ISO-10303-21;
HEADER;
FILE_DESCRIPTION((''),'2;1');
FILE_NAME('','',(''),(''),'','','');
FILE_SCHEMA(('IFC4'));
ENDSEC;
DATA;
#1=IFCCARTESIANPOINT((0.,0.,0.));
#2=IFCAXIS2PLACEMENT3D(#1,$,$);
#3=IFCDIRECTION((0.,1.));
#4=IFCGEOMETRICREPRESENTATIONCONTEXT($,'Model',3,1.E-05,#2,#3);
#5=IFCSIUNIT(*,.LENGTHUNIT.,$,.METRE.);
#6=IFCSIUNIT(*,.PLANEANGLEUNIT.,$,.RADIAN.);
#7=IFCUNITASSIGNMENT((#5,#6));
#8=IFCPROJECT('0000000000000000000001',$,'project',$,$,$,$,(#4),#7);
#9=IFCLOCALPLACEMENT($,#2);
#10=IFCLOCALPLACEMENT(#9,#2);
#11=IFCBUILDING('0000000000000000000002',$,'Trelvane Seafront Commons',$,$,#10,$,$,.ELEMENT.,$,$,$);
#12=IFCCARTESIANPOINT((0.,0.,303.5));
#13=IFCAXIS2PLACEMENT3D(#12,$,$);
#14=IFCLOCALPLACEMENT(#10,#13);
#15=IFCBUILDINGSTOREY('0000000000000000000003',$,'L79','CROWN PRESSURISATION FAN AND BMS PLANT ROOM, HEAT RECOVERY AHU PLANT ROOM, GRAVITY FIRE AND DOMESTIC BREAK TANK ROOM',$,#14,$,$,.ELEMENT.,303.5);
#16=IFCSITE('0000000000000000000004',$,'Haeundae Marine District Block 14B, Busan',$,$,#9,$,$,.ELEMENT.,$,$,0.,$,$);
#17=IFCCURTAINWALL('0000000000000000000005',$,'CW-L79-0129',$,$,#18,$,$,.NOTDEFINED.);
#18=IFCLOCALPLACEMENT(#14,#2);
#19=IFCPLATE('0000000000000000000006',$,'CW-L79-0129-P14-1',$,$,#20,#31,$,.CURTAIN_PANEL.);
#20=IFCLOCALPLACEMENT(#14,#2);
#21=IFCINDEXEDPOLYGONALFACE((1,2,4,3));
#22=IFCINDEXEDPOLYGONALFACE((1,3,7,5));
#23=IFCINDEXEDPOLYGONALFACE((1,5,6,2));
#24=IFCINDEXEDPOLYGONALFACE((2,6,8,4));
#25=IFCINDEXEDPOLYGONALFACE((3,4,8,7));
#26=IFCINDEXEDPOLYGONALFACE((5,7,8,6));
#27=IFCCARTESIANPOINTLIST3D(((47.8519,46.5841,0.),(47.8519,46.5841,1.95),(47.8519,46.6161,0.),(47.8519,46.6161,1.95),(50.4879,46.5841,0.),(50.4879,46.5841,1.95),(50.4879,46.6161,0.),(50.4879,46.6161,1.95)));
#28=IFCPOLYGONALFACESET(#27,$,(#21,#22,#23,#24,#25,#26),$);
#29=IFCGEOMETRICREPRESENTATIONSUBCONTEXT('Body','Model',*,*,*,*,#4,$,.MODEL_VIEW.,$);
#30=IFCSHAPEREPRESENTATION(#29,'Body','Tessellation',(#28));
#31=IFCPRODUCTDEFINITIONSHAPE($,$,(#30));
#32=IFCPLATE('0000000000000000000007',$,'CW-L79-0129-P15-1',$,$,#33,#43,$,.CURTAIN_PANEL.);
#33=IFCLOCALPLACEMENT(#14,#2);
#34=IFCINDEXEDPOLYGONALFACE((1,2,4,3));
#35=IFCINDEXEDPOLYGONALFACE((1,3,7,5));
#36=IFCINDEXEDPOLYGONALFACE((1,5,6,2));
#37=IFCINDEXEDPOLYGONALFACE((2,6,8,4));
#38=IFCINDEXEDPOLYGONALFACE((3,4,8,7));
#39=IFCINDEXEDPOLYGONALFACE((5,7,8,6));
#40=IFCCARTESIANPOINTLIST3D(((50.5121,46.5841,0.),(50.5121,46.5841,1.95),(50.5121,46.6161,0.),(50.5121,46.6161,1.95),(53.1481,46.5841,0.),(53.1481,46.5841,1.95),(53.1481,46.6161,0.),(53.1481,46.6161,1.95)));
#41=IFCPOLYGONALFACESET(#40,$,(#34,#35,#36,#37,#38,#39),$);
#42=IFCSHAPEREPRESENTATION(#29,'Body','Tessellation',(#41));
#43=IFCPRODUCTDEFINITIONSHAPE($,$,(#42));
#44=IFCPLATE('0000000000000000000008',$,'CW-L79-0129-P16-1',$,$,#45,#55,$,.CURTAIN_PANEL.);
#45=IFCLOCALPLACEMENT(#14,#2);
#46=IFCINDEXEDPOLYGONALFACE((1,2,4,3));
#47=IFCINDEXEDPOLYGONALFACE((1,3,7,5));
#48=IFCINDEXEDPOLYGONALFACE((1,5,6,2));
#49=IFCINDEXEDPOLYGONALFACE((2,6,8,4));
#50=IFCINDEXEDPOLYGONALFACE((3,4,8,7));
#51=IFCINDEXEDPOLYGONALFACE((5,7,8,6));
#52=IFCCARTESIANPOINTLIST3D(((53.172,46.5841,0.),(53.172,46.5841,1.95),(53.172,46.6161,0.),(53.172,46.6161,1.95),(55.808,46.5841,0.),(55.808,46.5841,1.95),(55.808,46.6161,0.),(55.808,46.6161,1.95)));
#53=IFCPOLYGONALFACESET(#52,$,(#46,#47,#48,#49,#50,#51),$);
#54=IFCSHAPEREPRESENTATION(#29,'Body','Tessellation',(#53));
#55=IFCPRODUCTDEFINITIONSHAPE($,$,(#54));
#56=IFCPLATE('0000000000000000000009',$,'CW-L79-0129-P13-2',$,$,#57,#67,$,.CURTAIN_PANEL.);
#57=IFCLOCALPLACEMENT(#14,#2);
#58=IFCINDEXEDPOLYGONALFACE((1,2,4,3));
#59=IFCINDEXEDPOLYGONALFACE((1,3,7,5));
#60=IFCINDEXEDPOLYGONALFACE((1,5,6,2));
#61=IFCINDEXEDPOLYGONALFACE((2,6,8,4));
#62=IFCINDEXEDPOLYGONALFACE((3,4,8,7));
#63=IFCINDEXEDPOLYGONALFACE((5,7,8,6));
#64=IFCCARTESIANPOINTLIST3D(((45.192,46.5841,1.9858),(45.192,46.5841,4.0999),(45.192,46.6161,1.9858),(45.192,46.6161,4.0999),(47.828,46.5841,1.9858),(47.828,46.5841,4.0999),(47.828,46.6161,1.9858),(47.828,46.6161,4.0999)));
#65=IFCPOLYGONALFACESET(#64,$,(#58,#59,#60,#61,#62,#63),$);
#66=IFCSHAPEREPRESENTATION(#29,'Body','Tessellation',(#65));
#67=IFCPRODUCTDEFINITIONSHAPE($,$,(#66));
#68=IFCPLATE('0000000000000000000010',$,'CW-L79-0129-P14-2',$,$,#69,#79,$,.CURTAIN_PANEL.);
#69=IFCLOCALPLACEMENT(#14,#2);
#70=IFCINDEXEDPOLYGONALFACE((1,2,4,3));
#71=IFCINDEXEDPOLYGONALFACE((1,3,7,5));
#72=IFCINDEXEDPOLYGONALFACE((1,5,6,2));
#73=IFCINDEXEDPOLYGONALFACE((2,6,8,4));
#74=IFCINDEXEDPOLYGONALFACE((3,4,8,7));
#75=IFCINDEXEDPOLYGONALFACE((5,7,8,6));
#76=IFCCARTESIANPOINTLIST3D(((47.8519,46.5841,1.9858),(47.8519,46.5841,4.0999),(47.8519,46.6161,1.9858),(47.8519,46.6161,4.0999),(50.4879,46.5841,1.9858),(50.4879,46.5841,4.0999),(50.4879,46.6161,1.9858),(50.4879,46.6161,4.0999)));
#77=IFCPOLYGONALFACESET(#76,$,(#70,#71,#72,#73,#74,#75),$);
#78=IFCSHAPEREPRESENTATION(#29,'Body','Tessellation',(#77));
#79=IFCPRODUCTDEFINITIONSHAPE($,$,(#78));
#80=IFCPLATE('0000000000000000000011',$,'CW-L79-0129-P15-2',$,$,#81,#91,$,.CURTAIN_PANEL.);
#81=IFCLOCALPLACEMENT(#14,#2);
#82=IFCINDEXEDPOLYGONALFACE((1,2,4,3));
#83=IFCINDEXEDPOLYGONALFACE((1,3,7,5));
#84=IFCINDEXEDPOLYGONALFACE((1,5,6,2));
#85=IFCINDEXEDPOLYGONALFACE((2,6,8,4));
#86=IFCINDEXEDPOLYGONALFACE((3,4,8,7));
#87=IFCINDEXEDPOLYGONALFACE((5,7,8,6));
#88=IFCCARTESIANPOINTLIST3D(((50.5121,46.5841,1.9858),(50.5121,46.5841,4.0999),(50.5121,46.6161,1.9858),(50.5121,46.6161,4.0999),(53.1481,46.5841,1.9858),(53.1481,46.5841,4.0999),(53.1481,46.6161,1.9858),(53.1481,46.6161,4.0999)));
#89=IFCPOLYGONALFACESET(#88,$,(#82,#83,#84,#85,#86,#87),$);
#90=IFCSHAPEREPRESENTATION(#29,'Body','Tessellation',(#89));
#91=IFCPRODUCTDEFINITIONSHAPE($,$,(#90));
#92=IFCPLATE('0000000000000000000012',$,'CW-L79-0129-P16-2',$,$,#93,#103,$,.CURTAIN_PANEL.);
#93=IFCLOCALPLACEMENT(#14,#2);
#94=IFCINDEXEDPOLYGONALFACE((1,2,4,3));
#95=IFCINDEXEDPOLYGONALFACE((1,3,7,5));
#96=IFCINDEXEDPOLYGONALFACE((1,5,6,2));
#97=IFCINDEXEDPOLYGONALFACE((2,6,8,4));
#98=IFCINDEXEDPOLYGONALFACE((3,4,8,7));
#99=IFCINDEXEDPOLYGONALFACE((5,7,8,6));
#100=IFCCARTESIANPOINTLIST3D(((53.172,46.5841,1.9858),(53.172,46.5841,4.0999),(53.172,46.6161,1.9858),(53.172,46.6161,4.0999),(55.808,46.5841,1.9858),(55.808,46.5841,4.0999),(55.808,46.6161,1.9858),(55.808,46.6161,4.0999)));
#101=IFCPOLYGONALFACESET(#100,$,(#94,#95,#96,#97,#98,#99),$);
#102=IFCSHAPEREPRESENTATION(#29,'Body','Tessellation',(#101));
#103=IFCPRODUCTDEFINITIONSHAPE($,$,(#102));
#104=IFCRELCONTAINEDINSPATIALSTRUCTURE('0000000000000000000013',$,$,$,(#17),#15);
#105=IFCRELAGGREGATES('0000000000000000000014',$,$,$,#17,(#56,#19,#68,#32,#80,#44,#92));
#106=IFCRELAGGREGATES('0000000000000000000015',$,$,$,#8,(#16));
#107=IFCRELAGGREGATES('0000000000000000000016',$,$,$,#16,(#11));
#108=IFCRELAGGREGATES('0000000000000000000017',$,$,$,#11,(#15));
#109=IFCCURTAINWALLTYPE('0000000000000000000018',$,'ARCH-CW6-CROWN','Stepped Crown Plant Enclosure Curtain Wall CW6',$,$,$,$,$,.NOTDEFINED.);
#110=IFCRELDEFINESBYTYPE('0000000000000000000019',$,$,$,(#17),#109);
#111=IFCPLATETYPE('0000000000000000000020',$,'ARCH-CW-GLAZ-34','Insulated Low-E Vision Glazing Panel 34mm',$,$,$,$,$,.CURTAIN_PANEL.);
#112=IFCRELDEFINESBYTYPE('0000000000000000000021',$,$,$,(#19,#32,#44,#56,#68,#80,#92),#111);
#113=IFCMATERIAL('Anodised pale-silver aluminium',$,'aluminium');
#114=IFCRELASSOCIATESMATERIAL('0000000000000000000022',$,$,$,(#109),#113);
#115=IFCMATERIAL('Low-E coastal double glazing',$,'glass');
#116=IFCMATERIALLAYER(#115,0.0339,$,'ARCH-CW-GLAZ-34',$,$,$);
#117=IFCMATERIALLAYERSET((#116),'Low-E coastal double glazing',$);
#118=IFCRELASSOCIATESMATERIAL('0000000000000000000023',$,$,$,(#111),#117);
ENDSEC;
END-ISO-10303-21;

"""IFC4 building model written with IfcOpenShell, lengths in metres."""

from ifc_helpers import new_model, si_unit, direction, frame, origin, origin_2d, place, context, subcontext, project, spatial, rectangle, extrude, source, transform, mapped, material, layer, layer_set, type_object, element, aggregate, save


model = new_model("IFC4")

# Units and contexts
model_context = context("Model", 3, precision=1e-05, world=origin(), true_north=direction((0.0, 1.0)))
body_context = subcontext(model_context, "Body", "Model", "MODEL_VIEW")
ifc_project = project(units=[si_unit("LENGTHUNIT", "METRE"), si_unit("PLANEANGLEUNIT", "RADIAN")], contexts=[model_context])

# Site, building, storey
site_placement = place(None, origin())
site = spatial("IfcSite", under=ifc_project, at=site_placement, Name="Haeundae Marine District Block 14B, Busan", CompositionType="ELEMENT", RefElevation=0.0)
building_placement = place(site_placement, origin())
building = spatial("IfcBuilding", under=site, at=building_placement, Name="Trelvane Seafront Commons", CompositionType="ELEMENT")
storey_placement = place(building_placement, frame((0.0, 0.0, 303.5)))
storey = spatial("IfcBuildingStorey", under=building, at=storey_placement, Name="L79", Description="CROWN PRESSURISATION FAN AND BMS PLANT ROOM, HEAT RECOVERY AHU PLANT ROOM, GRAVITY FIRE AND DOMESTIC BREAK TANK ROOM", CompositionType="ELEMENT", Elevation=303.5)

# Curtain wall, plates
ifc_material_1 = material(Name="Anodised pale-silver aluminium", Category="aluminium")
curtain_wall_type = type_object("IfcCurtainWallType", Name="ARCH-CW6-CROWN", Description="Stepped Crown Plant Enclosure Curtain Wall CW6", PredefinedType="NOTDEFINED", material=ifc_material_1)
curtain_wall_placement = place(storey_placement, origin())
curtain_wall = element("IfcCurtainWall", 1, at=curtain_wall_placement, inside=storey, type_object=curtain_wall_type, Name="CW-L79-0129", PredefinedType="NOTDEFINED")
ifc_material_2 = material(Name="Low-E coastal double glazing", Category="glass")
ifc_layer = layer(ifc_material_2, 0.0339, Name="ARCH-CW-GLAZ-34")
ifc_layer_set = layer_set([ifc_layer], Name="Low-E coastal double glazing")
plate_type = type_object("IfcPlateType", Name="ARCH-CW-GLAZ-34", Description="Insulated Low-E Vision Glazing Panel 34mm", PredefinedType="CURTAIN_PANEL", material=ifc_layer_set)
shared_shape_1 = source(origin(), body_context, "Body", "SweptSolid", [
    extrude(rectangle(XDim=2.636, YDim=0.032, at=origin_2d()), origin(), (0.0, 0.0, 1.0), 1.95),
])
plate_1_placement = place(storey_placement, frame((49.1699, 46.6001, 0.0), z_axis=(0.0, 0.0, 1.0), x_axis=(1.0, 0.0, 0.0)))
plate_1 = element("IfcPlate", 2, at=plate_1_placement, type_object=plate_type, Name="CW-L79-0129-P14-1", PredefinedType="CURTAIN_PANEL", context=body_context, shape_type="MappedRepresentation", body=[
    mapped(shared_shape_1, transform((0.0, 0.0, 0.0), x_axis=(1.0, 0.0, 0.0), y_axis=(0.0, 1.0, 0.0), z_axis=(0.0, 0.0, 1.0), scale=1.0)),
])
plate_2_placement = place(storey_placement, frame((51.8301, 46.6001, 0.0), z_axis=(0.0, 0.0, 1.0), x_axis=(1.0, 0.0, 0.0)))
plate_2 = element("IfcPlate", 3, at=plate_2_placement, type_object=plate_type, Name="CW-L79-0129-P15-1", PredefinedType="CURTAIN_PANEL", context=body_context, shape_type="MappedRepresentation", body=[
    mapped(shared_shape_1, transform((0.0, 0.0, 0.0), x_axis=(1.0, 0.0, 0.0), y_axis=(0.0, 1.0, 0.0), z_axis=(0.0, 0.0, 1.0), scale=1.0)),
])
plate_3_placement = place(storey_placement, frame((54.49, 46.6001, 0.0), z_axis=(0.0, 0.0, 1.0), x_axis=(1.0, 0.0, 0.0)))
plate_3 = element("IfcPlate", 4, at=plate_3_placement, type_object=plate_type, Name="CW-L79-0129-P16-1", PredefinedType="CURTAIN_PANEL", context=body_context, shape_type="MappedRepresentation", body=[
    mapped(shared_shape_1, transform((0.0, 0.0, 0.0), x_axis=(1.0, 0.0, 0.0), y_axis=(0.0, 1.0, 0.0), z_axis=(0.0, 0.0, 1.0), scale=1.0)),
])
shared_shape_2 = source(origin(), body_context, "Body", "SweptSolid", [
    extrude(rectangle(XDim=2.636, YDim=0.032, at=origin_2d()), origin(), (0.0, 0.0, 1.0), 2.114),
])
plate_4_placement = place(storey_placement, frame((46.51, 46.6001, 1.9858), z_axis=(0.0, 0.0, 1.0), x_axis=(1.0, 0.0, 0.0)))
plate_4 = element("IfcPlate", 5, at=plate_4_placement, type_object=plate_type, Name="CW-L79-0129-P13-2", PredefinedType="CURTAIN_PANEL", context=body_context, shape_type="MappedRepresentation", body=[
    mapped(shared_shape_2, transform((0.0, 0.0, 0.0), x_axis=(1.0, 0.0, 0.0), y_axis=(0.0, 1.0, 0.0), z_axis=(0.0, 0.0, 1.0), scale=1.0)),
])
plate_5_placement = place(storey_placement, frame((49.1699, 46.6001, 1.9858), z_axis=(0.0, 0.0, 1.0), x_axis=(1.0, 0.0, 0.0)))
plate_5 = element("IfcPlate", 6, at=plate_5_placement, type_object=plate_type, Name="CW-L79-0129-P14-2", PredefinedType="CURTAIN_PANEL", context=body_context, shape_type="MappedRepresentation", body=[
    mapped(shared_shape_2, transform((0.0, 0.0, 0.0), x_axis=(1.0, 0.0, 0.0), y_axis=(0.0, 1.0, 0.0), z_axis=(0.0, 0.0, 1.0), scale=1.0)),
])
plate_6_placement = place(storey_placement, frame((51.8301, 46.6001, 1.9858), z_axis=(0.0, 0.0, 1.0), x_axis=(1.0, 0.0, 0.0)))
plate_6 = element("IfcPlate", 7, at=plate_6_placement, type_object=plate_type, Name="CW-L79-0129-P15-2", PredefinedType="CURTAIN_PANEL", context=body_context, shape_type="MappedRepresentation", body=[
    mapped(shared_shape_2, transform((0.0, 0.0, 0.0), x_axis=(1.0, 0.0, 0.0), y_axis=(0.0, 1.0, 0.0), z_axis=(0.0, 0.0, 1.0), scale=1.0)),
])
plate_7_placement = place(storey_placement, frame((54.49, 46.6001, 1.9858), z_axis=(0.0, 0.0, 1.0), x_axis=(1.0, 0.0, 0.0)))
plate_7 = element("IfcPlate", 8, at=plate_7_placement, type_object=plate_type, Name="CW-L79-0129-P16-2", PredefinedType="CURTAIN_PANEL", context=body_context, shape_type="MappedRepresentation", body=[
    mapped(shared_shape_2, transform((0.0, 0.0, 0.0), x_axis=(1.0, 0.0, 0.0), y_axis=(0.0, 1.0, 0.0), z_axis=(0.0, 0.0, 1.0), scale=1.0)),
])
aggregate(curtain_wall, [plate_4, plate_1, plate_5, plate_2, plate_6, plate_3, plate_7])

save(model, "model.ifc")
